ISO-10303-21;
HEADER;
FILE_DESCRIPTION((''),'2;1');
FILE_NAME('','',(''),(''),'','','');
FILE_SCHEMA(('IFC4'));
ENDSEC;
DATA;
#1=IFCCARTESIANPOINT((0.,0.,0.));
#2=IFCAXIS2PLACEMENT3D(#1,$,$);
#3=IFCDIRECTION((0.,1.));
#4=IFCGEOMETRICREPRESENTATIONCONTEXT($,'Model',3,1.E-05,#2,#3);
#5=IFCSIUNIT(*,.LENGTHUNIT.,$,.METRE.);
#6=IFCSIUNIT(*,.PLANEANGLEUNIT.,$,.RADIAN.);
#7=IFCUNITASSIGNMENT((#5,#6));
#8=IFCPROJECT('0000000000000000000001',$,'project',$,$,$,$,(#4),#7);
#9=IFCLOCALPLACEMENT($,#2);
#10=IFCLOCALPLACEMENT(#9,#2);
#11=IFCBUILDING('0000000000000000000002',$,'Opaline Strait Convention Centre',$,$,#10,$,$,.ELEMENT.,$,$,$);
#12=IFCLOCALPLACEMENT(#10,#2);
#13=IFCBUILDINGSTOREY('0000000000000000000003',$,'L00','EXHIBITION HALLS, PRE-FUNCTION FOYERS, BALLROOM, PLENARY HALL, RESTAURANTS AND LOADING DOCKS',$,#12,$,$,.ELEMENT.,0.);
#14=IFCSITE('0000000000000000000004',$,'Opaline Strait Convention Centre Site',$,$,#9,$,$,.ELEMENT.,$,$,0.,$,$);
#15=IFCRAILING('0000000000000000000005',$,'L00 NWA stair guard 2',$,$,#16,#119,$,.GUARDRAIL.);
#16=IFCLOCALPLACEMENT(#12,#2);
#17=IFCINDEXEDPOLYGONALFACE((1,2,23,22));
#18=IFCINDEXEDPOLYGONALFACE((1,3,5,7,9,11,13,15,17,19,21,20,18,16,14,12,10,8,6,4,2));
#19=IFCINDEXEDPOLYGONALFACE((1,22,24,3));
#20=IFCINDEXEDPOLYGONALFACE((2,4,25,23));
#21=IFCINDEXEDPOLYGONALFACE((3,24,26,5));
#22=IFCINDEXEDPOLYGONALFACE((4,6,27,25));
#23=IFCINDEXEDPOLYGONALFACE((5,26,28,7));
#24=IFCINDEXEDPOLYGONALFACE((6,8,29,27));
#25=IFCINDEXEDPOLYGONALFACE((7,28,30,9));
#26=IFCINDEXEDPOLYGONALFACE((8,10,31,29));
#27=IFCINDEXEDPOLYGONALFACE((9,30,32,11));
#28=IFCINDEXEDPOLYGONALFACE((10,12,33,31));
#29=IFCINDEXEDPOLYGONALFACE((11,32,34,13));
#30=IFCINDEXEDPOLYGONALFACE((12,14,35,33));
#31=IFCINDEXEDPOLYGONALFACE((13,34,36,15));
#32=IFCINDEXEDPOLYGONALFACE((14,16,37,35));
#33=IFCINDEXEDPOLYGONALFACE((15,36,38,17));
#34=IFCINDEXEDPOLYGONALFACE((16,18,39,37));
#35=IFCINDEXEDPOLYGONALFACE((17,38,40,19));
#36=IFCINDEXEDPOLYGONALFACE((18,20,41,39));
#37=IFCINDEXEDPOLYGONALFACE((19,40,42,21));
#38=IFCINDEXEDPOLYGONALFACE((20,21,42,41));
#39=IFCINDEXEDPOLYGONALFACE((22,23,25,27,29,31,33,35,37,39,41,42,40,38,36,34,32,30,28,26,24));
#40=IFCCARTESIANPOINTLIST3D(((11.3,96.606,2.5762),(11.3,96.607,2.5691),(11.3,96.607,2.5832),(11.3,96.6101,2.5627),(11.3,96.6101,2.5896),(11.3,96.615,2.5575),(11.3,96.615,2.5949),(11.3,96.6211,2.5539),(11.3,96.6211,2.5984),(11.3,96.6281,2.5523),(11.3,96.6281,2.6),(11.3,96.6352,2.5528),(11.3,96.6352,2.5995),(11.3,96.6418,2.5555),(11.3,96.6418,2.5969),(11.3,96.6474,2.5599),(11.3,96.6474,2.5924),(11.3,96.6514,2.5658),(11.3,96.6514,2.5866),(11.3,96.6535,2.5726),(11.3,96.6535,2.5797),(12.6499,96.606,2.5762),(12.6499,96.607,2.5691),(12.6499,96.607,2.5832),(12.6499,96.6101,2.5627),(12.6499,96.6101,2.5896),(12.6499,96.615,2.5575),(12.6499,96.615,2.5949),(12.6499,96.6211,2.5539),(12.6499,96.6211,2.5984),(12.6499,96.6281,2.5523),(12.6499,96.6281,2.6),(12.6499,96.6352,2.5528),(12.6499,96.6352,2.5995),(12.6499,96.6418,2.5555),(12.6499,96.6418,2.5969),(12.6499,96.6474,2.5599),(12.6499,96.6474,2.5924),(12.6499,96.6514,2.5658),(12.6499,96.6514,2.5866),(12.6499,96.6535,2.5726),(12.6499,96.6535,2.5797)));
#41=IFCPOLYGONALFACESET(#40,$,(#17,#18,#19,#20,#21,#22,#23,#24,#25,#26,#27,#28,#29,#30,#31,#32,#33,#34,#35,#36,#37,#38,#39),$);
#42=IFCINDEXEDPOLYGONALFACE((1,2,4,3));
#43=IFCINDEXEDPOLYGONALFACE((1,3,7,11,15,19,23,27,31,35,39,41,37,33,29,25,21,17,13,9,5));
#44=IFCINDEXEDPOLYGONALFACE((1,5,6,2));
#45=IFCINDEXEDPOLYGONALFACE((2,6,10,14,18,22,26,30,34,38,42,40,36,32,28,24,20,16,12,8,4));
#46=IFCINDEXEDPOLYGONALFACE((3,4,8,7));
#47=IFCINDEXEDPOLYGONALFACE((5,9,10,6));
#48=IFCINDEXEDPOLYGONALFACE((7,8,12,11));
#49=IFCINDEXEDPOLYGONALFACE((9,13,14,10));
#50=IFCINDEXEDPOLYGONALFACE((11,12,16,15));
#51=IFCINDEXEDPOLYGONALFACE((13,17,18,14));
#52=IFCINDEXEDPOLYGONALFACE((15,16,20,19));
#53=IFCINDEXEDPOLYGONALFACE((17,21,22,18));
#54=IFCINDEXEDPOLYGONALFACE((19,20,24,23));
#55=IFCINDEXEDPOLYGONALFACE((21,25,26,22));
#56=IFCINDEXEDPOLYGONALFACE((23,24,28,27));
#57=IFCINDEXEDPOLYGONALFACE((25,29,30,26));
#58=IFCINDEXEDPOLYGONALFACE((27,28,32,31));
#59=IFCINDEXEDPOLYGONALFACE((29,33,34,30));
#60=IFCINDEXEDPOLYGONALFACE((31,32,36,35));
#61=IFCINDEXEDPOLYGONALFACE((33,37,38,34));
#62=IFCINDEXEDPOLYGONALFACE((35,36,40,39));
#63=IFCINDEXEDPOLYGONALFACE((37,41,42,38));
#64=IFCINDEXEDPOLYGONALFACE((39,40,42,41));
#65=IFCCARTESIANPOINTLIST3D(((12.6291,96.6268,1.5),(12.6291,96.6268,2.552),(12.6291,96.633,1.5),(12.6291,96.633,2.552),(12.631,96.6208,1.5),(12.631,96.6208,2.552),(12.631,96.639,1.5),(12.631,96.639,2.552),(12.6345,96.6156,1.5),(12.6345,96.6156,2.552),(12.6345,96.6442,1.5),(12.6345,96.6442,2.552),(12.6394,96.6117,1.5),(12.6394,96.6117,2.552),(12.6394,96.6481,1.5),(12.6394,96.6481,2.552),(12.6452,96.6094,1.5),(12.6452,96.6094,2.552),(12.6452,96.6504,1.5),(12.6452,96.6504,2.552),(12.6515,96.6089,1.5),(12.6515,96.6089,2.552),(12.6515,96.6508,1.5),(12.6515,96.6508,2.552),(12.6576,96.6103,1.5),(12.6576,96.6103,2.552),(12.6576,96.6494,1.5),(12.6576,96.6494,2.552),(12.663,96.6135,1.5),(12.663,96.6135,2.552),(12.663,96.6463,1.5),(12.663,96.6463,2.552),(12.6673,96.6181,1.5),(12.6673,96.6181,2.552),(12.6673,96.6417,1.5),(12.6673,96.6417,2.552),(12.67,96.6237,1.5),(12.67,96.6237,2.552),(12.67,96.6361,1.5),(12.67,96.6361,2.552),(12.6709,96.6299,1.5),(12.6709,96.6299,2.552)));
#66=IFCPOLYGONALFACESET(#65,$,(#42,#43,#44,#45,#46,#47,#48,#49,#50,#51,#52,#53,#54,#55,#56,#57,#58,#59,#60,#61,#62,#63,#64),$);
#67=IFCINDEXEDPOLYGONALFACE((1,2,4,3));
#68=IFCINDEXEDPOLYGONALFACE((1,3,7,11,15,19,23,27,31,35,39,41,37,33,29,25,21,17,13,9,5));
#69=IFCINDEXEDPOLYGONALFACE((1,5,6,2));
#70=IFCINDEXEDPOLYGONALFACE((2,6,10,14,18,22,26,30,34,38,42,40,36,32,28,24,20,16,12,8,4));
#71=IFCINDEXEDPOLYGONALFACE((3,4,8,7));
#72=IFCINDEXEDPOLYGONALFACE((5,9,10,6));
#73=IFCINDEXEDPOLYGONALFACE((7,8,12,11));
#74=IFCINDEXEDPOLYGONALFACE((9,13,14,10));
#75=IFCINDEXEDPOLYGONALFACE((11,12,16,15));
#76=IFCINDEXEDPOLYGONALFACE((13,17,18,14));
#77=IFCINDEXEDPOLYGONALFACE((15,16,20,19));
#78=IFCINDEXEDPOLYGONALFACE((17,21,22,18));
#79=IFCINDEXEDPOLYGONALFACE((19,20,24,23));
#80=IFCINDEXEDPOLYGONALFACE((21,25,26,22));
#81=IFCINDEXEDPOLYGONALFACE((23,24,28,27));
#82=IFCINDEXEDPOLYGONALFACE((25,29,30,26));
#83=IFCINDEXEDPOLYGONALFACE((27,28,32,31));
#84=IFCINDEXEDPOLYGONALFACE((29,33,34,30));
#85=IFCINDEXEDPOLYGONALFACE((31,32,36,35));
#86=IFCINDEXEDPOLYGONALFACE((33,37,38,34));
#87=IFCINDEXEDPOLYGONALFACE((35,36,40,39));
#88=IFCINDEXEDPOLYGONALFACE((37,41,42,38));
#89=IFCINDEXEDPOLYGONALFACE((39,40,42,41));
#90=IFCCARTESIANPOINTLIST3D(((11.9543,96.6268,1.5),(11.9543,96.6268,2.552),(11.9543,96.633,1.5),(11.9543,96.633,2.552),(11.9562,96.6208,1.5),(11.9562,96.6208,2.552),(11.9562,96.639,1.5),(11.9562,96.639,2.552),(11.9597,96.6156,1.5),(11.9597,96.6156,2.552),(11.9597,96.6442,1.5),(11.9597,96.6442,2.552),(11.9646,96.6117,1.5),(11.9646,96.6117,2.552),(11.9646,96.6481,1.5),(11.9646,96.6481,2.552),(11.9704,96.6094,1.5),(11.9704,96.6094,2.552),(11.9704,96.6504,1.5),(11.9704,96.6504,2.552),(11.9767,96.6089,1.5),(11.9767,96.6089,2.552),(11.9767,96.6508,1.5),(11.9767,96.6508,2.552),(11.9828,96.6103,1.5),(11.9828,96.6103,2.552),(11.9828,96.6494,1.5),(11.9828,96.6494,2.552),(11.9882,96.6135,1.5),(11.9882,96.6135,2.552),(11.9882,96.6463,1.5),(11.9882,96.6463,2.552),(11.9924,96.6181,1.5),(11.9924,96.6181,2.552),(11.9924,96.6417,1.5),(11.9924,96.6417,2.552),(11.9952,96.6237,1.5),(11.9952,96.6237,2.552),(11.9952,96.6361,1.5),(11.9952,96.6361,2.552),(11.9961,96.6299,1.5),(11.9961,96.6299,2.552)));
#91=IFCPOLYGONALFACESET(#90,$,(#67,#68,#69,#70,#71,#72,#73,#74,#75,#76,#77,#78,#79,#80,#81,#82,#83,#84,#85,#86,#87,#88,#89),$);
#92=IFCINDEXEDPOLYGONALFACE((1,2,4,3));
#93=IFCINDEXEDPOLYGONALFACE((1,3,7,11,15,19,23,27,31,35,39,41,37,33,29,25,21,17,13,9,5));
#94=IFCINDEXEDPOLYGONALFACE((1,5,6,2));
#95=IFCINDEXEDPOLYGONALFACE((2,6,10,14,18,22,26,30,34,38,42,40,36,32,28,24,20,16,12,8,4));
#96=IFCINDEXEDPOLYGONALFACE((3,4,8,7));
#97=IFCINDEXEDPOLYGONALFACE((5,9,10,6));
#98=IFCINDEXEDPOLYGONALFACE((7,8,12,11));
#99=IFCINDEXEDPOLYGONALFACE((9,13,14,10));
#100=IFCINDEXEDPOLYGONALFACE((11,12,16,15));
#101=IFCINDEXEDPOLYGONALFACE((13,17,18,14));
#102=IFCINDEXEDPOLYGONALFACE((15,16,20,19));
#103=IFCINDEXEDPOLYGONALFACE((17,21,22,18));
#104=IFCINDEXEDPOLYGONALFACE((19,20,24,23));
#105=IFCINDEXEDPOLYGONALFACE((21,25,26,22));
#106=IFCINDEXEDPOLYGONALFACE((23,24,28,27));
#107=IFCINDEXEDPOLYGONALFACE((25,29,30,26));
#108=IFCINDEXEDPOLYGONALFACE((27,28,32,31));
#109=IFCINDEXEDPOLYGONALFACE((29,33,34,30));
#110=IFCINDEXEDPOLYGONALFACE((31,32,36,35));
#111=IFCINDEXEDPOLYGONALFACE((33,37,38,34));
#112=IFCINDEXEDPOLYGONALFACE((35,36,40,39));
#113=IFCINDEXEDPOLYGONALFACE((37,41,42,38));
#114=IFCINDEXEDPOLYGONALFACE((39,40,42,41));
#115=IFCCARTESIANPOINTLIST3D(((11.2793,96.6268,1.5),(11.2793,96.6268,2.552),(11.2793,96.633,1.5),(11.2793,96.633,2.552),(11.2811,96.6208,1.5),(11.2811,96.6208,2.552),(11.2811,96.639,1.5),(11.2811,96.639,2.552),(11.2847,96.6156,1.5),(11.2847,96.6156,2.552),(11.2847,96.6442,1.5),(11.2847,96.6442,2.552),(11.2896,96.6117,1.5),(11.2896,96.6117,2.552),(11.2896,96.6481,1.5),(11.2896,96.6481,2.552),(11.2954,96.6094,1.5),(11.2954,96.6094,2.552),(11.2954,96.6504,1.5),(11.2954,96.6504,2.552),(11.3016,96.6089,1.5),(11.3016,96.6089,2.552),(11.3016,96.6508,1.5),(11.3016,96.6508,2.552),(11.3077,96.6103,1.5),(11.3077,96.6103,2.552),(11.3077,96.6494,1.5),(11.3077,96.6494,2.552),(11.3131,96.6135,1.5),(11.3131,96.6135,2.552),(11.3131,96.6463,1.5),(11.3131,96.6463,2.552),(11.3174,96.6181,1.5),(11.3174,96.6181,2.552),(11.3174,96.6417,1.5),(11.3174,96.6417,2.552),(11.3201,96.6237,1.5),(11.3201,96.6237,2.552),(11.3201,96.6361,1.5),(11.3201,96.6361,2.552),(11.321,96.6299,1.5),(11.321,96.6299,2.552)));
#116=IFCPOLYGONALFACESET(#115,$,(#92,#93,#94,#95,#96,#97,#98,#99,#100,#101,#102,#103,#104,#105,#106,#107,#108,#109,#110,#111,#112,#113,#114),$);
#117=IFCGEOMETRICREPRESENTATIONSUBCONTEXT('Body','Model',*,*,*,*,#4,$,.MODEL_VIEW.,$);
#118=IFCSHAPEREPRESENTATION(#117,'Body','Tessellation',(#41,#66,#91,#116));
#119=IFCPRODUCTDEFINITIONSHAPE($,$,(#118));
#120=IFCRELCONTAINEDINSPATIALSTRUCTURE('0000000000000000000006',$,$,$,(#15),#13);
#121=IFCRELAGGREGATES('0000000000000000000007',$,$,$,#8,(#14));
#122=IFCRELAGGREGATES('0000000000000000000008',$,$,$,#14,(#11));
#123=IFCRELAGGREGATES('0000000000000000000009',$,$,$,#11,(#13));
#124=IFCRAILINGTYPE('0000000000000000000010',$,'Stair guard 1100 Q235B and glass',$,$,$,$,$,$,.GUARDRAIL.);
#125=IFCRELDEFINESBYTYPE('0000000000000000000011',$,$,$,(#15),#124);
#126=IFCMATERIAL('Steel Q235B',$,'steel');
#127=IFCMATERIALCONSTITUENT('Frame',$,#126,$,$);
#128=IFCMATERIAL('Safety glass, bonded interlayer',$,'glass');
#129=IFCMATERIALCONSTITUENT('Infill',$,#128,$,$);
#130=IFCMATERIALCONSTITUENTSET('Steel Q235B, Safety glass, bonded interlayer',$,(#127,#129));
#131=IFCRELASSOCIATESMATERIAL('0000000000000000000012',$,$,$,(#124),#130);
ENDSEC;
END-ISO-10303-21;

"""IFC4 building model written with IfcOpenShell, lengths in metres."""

from ifc_helpers import new_model, si_unit, direction, frame, origin, origin_2d, place, context, subcontext, project, spatial, circle, extrude, material, constituent, constituent_set, type_object, element, save


model = new_model("IFC4")

# Units and contexts
model_context = context("Model", 3, precision=1e-05, world=origin(), true_north=direction((0.0, 1.0)))
body_context = subcontext(model_context, "Body", "Model", "MODEL_VIEW")
ifc_project = project(units=[si_unit("LENGTHUNIT", "METRE"), si_unit("PLANEANGLEUNIT", "RADIAN")], contexts=[model_context])

# Site, building, storey
site_placement = place(None, origin())
site = spatial("IfcSite", under=ifc_project, at=site_placement, Name="Opaline Strait Convention Centre Site", CompositionType="ELEMENT", RefElevation=0.0)
building_placement = place(site_placement, origin())
building = spatial("IfcBuilding", under=site, at=building_placement, Name="Opaline Strait Convention Centre", CompositionType="ELEMENT")
storey_placement = place(building_placement, origin())
storey = spatial("IfcBuildingStorey", under=building, at=storey_placement, Name="L00", Description="EXHIBITION HALLS, PRE-FUNCTION FOYERS, BALLROOM, PLENARY HALL, RESTAURANTS AND LOADING DOCKS", CompositionType="ELEMENT", Elevation=0.0)

# Railing
ifc_material_1 = material(Name="Steel Q235B", Category="steel")
ifc_constituent_1 = constituent(ifc_material_1, Name="Frame")
ifc_material_2 = material(Name="Safety glass, bonded interlayer", Category="glass")
ifc_constituent_2 = constituent(ifc_material_2, Name="Infill")
ifc_constituent_set = constituent_set(constituents=[ifc_constituent_1, ifc_constituent_2], Name="Steel Q235B, Safety glass, bonded interlayer")
railing_type_1 = type_object("IfcRailingType", Name="Stair guard 1100 Q235B and glass", PredefinedType="GUARDRAIL", material=ifc_constituent_set)
railing_1_placement = place(storey_placement, frame((12.6499, 96.6299, 1.5)))
element("IfcRailing", 1, at=railing_1_placement, inside=storey, type_object=railing_type_1, Name="L00 NWA stair guard 2", PredefinedType="GUARDRAIL", context=body_context, shape_type="SweptSolid", body=[
    extrude(circle(Radius=0.0239, at=origin_2d()), frame((0.0, 0.0, 1.0762), z_axis=(-1.0, 0.0, 0.0), x_axis=(0.0, -1.0, 0.0)), (0.0, 0.0, 1.0), 1.3499),
    extrude(circle(Radius=0.021, at=origin_2d()), origin(), (0.0, 0.0, 1.0), 1.052),
    extrude(circle(Radius=0.021, at=origin_2d()), frame((-0.6748, 0.0, 0.0)), (0.0, 0.0, 1.0), 1.052),
    extrude(circle(Radius=0.021, at=origin_2d()), frame((-1.3499, 0.0, 0.0)), (0.0, 0.0, 1.0), 1.052),
])

save(model, "model.ifc")
